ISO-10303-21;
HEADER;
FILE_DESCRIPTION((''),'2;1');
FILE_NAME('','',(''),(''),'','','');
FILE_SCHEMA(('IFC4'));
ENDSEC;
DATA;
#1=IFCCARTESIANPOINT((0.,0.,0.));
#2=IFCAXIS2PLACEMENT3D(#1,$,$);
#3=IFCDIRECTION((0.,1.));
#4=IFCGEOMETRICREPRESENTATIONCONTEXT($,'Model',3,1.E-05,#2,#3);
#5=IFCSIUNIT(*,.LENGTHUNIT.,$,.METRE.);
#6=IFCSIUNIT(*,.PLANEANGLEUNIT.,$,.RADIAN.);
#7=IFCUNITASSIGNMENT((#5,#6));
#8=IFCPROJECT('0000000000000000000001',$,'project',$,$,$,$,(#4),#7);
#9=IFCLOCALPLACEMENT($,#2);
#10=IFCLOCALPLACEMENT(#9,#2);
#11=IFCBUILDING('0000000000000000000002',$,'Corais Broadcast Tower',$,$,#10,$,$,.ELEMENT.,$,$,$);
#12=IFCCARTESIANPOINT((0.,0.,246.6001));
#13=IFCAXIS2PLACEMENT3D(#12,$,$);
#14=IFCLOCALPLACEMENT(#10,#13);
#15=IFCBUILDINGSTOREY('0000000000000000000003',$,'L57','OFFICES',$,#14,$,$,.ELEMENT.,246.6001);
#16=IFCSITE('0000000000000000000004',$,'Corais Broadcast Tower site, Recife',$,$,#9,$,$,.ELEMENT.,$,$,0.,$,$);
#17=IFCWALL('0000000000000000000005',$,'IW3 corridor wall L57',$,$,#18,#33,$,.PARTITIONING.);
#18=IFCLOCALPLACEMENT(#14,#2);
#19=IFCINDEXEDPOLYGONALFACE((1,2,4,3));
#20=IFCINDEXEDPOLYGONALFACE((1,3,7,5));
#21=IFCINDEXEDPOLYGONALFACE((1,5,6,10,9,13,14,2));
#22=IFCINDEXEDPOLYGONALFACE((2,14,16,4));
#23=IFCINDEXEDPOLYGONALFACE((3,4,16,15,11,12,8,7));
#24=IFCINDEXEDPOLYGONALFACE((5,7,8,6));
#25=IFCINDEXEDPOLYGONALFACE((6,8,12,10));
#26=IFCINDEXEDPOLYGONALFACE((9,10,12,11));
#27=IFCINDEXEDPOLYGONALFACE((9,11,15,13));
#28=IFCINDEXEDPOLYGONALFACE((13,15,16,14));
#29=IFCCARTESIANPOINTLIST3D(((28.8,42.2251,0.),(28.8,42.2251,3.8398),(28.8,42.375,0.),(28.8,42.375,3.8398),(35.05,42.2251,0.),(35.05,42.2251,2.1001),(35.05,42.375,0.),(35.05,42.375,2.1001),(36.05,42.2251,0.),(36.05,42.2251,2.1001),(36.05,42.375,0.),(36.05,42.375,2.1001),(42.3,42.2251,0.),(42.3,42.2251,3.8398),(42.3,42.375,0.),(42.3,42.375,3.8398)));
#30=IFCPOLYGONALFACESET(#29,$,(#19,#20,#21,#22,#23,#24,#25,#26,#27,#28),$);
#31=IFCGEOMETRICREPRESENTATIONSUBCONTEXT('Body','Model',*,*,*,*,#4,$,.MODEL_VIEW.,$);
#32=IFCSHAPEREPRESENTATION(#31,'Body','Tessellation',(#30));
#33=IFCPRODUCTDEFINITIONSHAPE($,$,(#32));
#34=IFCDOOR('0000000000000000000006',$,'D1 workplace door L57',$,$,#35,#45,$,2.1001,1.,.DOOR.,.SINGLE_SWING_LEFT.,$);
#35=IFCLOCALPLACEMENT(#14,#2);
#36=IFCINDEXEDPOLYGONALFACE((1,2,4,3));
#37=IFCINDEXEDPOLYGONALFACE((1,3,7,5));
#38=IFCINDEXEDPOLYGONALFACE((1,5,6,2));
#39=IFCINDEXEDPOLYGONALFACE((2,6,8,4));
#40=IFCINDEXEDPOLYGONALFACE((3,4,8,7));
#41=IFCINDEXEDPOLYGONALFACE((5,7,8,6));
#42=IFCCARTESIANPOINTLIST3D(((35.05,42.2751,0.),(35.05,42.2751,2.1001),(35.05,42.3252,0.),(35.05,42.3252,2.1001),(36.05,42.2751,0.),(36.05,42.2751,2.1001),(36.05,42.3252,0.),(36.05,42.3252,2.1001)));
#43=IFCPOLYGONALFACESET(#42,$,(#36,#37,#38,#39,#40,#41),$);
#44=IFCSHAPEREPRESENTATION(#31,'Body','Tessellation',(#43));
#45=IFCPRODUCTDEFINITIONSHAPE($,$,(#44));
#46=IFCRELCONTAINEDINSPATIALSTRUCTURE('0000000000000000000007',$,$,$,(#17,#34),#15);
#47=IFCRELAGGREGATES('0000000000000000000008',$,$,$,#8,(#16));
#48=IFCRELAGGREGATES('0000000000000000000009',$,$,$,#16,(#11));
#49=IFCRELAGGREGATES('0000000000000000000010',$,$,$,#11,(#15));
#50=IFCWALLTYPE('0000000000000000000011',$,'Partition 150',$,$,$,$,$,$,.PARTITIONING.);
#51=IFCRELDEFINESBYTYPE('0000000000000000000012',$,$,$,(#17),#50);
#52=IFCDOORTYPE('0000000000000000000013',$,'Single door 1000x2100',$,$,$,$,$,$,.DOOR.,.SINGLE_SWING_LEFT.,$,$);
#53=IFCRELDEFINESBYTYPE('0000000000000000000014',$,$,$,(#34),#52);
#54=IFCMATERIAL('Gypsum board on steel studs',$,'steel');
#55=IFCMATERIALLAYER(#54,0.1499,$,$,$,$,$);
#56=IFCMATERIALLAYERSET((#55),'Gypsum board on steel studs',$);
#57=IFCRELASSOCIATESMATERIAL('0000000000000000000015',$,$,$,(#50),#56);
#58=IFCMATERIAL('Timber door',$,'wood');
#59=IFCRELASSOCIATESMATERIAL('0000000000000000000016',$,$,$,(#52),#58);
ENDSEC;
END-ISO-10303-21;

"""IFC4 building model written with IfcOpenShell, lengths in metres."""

from ifc_helpers import new_model, si_unit, direction, frame, frame_2d, origin, place, context, subcontext, project, spatial, rectangle, extrude, material, layer, layer_set, type_object, element, fill, save


model = new_model("IFC4")

# Units and contexts
model_context = context("Model", 3, precision=1e-05, world=origin(), true_north=direction((0.0, 1.0)))
body_context = subcontext(model_context, "Body", "Model", "MODEL_VIEW")
ifc_project = project(units=[si_unit("LENGTHUNIT", "METRE"), si_unit("PLANEANGLEUNIT", "RADIAN")], contexts=[model_context])

# Site, building, storey
site_placement = place(None, origin())
site = spatial("IfcSite", under=ifc_project, at=site_placement, Name="Corais Broadcast Tower site, Recife", CompositionType="ELEMENT", RefElevation=0.0)
building_placement = place(site_placement, origin())
building = spatial("IfcBuilding", under=site, at=building_placement, Name="Corais Broadcast Tower", CompositionType="ELEMENT")
storey_placement = place(building_placement, frame((0.0, 0.0, 246.6001)))
storey = spatial("IfcBuildingStorey", under=building, at=storey_placement, Name="L57", Description="OFFICES", CompositionType="ELEMENT", Elevation=246.6001)

# Wall, opening, door
ifc_material_1 = material(Name="Gypsum board on steel studs", Category="steel")
ifc_layer_1 = layer(ifc_material_1, 0.1499)
ifc_layer_set_1 = layer_set([ifc_layer_1], Name="Gypsum board on steel studs")
wall_type = type_object("IfcWallType", Name="Partition 150", PredefinedType="PARTITIONING", material=ifc_layer_set_1)
wall_placement = place(storey_placement, frame((42.3, 42.3, 0.0), z_axis=(0.0, 0.0, 1.0), x_axis=(-1.0, 0.0, 0.0)))
wall = element("IfcWall", 1, at=wall_placement, inside=storey, type_object=wall_type, Name="IW3 corridor wall L57", PredefinedType="PARTITIONING", context=body_context, shape_type="SweptSolid", body=[
    extrude(rectangle(XDim=13.5, YDim=0.1499, at=frame_2d((6.75, 0.0))), origin(), (0.0, 0.0, 1.0), 3.8398),
])
opening_placement = place(wall_placement, frame((6.25, 0.0, 0.0)))
opening = element("IfcOpeningElement", 2, at=opening_placement, cuts=wall, PredefinedType="OPENING", context=body_context, shape_type="SweptSolid", body=[
    extrude(rectangle(XDim=1.0, YDim=2.1001, at=frame_2d((0.5, 1.05))), frame((0.0, 0.085, 0.0), z_axis=(0.0, -1.0, 0.0), x_axis=(1.0, 0.0, 0.0)), (0.0, 0.0, 1.0), 0.1699),
])
ifc_material_2 = material(Name="Timber door", Category="wood")
door_type = type_object("IfcDoorType", Name="Single door 1000x2100", OperationType="SINGLE_SWING_LEFT", PredefinedType="DOOR", material=ifc_material_2)
door_placement = place(opening_placement, origin())
door = element("IfcDoor", 3, at=door_placement, inside=storey, type_object=door_type, Name="D1 workplace door L57", OperationType="SINGLE_SWING_LEFT", OverallHeight=2.1001, OverallWidth=1.0, PredefinedType="DOOR", context=body_context, shape_type="SweptSolid", body=[
    extrude(rectangle(XDim=1.0, YDim=2.1001, at=frame_2d((0.5, 1.05))), frame((0.0, 0.0249, 0.0), z_axis=(0.0, -1.0, 0.0), x_axis=(1.0, 0.0, 0.0)), (0.0, 0.0, 1.0), 0.05),
])
fill(opening, door)

save(model, "model.ifc")
